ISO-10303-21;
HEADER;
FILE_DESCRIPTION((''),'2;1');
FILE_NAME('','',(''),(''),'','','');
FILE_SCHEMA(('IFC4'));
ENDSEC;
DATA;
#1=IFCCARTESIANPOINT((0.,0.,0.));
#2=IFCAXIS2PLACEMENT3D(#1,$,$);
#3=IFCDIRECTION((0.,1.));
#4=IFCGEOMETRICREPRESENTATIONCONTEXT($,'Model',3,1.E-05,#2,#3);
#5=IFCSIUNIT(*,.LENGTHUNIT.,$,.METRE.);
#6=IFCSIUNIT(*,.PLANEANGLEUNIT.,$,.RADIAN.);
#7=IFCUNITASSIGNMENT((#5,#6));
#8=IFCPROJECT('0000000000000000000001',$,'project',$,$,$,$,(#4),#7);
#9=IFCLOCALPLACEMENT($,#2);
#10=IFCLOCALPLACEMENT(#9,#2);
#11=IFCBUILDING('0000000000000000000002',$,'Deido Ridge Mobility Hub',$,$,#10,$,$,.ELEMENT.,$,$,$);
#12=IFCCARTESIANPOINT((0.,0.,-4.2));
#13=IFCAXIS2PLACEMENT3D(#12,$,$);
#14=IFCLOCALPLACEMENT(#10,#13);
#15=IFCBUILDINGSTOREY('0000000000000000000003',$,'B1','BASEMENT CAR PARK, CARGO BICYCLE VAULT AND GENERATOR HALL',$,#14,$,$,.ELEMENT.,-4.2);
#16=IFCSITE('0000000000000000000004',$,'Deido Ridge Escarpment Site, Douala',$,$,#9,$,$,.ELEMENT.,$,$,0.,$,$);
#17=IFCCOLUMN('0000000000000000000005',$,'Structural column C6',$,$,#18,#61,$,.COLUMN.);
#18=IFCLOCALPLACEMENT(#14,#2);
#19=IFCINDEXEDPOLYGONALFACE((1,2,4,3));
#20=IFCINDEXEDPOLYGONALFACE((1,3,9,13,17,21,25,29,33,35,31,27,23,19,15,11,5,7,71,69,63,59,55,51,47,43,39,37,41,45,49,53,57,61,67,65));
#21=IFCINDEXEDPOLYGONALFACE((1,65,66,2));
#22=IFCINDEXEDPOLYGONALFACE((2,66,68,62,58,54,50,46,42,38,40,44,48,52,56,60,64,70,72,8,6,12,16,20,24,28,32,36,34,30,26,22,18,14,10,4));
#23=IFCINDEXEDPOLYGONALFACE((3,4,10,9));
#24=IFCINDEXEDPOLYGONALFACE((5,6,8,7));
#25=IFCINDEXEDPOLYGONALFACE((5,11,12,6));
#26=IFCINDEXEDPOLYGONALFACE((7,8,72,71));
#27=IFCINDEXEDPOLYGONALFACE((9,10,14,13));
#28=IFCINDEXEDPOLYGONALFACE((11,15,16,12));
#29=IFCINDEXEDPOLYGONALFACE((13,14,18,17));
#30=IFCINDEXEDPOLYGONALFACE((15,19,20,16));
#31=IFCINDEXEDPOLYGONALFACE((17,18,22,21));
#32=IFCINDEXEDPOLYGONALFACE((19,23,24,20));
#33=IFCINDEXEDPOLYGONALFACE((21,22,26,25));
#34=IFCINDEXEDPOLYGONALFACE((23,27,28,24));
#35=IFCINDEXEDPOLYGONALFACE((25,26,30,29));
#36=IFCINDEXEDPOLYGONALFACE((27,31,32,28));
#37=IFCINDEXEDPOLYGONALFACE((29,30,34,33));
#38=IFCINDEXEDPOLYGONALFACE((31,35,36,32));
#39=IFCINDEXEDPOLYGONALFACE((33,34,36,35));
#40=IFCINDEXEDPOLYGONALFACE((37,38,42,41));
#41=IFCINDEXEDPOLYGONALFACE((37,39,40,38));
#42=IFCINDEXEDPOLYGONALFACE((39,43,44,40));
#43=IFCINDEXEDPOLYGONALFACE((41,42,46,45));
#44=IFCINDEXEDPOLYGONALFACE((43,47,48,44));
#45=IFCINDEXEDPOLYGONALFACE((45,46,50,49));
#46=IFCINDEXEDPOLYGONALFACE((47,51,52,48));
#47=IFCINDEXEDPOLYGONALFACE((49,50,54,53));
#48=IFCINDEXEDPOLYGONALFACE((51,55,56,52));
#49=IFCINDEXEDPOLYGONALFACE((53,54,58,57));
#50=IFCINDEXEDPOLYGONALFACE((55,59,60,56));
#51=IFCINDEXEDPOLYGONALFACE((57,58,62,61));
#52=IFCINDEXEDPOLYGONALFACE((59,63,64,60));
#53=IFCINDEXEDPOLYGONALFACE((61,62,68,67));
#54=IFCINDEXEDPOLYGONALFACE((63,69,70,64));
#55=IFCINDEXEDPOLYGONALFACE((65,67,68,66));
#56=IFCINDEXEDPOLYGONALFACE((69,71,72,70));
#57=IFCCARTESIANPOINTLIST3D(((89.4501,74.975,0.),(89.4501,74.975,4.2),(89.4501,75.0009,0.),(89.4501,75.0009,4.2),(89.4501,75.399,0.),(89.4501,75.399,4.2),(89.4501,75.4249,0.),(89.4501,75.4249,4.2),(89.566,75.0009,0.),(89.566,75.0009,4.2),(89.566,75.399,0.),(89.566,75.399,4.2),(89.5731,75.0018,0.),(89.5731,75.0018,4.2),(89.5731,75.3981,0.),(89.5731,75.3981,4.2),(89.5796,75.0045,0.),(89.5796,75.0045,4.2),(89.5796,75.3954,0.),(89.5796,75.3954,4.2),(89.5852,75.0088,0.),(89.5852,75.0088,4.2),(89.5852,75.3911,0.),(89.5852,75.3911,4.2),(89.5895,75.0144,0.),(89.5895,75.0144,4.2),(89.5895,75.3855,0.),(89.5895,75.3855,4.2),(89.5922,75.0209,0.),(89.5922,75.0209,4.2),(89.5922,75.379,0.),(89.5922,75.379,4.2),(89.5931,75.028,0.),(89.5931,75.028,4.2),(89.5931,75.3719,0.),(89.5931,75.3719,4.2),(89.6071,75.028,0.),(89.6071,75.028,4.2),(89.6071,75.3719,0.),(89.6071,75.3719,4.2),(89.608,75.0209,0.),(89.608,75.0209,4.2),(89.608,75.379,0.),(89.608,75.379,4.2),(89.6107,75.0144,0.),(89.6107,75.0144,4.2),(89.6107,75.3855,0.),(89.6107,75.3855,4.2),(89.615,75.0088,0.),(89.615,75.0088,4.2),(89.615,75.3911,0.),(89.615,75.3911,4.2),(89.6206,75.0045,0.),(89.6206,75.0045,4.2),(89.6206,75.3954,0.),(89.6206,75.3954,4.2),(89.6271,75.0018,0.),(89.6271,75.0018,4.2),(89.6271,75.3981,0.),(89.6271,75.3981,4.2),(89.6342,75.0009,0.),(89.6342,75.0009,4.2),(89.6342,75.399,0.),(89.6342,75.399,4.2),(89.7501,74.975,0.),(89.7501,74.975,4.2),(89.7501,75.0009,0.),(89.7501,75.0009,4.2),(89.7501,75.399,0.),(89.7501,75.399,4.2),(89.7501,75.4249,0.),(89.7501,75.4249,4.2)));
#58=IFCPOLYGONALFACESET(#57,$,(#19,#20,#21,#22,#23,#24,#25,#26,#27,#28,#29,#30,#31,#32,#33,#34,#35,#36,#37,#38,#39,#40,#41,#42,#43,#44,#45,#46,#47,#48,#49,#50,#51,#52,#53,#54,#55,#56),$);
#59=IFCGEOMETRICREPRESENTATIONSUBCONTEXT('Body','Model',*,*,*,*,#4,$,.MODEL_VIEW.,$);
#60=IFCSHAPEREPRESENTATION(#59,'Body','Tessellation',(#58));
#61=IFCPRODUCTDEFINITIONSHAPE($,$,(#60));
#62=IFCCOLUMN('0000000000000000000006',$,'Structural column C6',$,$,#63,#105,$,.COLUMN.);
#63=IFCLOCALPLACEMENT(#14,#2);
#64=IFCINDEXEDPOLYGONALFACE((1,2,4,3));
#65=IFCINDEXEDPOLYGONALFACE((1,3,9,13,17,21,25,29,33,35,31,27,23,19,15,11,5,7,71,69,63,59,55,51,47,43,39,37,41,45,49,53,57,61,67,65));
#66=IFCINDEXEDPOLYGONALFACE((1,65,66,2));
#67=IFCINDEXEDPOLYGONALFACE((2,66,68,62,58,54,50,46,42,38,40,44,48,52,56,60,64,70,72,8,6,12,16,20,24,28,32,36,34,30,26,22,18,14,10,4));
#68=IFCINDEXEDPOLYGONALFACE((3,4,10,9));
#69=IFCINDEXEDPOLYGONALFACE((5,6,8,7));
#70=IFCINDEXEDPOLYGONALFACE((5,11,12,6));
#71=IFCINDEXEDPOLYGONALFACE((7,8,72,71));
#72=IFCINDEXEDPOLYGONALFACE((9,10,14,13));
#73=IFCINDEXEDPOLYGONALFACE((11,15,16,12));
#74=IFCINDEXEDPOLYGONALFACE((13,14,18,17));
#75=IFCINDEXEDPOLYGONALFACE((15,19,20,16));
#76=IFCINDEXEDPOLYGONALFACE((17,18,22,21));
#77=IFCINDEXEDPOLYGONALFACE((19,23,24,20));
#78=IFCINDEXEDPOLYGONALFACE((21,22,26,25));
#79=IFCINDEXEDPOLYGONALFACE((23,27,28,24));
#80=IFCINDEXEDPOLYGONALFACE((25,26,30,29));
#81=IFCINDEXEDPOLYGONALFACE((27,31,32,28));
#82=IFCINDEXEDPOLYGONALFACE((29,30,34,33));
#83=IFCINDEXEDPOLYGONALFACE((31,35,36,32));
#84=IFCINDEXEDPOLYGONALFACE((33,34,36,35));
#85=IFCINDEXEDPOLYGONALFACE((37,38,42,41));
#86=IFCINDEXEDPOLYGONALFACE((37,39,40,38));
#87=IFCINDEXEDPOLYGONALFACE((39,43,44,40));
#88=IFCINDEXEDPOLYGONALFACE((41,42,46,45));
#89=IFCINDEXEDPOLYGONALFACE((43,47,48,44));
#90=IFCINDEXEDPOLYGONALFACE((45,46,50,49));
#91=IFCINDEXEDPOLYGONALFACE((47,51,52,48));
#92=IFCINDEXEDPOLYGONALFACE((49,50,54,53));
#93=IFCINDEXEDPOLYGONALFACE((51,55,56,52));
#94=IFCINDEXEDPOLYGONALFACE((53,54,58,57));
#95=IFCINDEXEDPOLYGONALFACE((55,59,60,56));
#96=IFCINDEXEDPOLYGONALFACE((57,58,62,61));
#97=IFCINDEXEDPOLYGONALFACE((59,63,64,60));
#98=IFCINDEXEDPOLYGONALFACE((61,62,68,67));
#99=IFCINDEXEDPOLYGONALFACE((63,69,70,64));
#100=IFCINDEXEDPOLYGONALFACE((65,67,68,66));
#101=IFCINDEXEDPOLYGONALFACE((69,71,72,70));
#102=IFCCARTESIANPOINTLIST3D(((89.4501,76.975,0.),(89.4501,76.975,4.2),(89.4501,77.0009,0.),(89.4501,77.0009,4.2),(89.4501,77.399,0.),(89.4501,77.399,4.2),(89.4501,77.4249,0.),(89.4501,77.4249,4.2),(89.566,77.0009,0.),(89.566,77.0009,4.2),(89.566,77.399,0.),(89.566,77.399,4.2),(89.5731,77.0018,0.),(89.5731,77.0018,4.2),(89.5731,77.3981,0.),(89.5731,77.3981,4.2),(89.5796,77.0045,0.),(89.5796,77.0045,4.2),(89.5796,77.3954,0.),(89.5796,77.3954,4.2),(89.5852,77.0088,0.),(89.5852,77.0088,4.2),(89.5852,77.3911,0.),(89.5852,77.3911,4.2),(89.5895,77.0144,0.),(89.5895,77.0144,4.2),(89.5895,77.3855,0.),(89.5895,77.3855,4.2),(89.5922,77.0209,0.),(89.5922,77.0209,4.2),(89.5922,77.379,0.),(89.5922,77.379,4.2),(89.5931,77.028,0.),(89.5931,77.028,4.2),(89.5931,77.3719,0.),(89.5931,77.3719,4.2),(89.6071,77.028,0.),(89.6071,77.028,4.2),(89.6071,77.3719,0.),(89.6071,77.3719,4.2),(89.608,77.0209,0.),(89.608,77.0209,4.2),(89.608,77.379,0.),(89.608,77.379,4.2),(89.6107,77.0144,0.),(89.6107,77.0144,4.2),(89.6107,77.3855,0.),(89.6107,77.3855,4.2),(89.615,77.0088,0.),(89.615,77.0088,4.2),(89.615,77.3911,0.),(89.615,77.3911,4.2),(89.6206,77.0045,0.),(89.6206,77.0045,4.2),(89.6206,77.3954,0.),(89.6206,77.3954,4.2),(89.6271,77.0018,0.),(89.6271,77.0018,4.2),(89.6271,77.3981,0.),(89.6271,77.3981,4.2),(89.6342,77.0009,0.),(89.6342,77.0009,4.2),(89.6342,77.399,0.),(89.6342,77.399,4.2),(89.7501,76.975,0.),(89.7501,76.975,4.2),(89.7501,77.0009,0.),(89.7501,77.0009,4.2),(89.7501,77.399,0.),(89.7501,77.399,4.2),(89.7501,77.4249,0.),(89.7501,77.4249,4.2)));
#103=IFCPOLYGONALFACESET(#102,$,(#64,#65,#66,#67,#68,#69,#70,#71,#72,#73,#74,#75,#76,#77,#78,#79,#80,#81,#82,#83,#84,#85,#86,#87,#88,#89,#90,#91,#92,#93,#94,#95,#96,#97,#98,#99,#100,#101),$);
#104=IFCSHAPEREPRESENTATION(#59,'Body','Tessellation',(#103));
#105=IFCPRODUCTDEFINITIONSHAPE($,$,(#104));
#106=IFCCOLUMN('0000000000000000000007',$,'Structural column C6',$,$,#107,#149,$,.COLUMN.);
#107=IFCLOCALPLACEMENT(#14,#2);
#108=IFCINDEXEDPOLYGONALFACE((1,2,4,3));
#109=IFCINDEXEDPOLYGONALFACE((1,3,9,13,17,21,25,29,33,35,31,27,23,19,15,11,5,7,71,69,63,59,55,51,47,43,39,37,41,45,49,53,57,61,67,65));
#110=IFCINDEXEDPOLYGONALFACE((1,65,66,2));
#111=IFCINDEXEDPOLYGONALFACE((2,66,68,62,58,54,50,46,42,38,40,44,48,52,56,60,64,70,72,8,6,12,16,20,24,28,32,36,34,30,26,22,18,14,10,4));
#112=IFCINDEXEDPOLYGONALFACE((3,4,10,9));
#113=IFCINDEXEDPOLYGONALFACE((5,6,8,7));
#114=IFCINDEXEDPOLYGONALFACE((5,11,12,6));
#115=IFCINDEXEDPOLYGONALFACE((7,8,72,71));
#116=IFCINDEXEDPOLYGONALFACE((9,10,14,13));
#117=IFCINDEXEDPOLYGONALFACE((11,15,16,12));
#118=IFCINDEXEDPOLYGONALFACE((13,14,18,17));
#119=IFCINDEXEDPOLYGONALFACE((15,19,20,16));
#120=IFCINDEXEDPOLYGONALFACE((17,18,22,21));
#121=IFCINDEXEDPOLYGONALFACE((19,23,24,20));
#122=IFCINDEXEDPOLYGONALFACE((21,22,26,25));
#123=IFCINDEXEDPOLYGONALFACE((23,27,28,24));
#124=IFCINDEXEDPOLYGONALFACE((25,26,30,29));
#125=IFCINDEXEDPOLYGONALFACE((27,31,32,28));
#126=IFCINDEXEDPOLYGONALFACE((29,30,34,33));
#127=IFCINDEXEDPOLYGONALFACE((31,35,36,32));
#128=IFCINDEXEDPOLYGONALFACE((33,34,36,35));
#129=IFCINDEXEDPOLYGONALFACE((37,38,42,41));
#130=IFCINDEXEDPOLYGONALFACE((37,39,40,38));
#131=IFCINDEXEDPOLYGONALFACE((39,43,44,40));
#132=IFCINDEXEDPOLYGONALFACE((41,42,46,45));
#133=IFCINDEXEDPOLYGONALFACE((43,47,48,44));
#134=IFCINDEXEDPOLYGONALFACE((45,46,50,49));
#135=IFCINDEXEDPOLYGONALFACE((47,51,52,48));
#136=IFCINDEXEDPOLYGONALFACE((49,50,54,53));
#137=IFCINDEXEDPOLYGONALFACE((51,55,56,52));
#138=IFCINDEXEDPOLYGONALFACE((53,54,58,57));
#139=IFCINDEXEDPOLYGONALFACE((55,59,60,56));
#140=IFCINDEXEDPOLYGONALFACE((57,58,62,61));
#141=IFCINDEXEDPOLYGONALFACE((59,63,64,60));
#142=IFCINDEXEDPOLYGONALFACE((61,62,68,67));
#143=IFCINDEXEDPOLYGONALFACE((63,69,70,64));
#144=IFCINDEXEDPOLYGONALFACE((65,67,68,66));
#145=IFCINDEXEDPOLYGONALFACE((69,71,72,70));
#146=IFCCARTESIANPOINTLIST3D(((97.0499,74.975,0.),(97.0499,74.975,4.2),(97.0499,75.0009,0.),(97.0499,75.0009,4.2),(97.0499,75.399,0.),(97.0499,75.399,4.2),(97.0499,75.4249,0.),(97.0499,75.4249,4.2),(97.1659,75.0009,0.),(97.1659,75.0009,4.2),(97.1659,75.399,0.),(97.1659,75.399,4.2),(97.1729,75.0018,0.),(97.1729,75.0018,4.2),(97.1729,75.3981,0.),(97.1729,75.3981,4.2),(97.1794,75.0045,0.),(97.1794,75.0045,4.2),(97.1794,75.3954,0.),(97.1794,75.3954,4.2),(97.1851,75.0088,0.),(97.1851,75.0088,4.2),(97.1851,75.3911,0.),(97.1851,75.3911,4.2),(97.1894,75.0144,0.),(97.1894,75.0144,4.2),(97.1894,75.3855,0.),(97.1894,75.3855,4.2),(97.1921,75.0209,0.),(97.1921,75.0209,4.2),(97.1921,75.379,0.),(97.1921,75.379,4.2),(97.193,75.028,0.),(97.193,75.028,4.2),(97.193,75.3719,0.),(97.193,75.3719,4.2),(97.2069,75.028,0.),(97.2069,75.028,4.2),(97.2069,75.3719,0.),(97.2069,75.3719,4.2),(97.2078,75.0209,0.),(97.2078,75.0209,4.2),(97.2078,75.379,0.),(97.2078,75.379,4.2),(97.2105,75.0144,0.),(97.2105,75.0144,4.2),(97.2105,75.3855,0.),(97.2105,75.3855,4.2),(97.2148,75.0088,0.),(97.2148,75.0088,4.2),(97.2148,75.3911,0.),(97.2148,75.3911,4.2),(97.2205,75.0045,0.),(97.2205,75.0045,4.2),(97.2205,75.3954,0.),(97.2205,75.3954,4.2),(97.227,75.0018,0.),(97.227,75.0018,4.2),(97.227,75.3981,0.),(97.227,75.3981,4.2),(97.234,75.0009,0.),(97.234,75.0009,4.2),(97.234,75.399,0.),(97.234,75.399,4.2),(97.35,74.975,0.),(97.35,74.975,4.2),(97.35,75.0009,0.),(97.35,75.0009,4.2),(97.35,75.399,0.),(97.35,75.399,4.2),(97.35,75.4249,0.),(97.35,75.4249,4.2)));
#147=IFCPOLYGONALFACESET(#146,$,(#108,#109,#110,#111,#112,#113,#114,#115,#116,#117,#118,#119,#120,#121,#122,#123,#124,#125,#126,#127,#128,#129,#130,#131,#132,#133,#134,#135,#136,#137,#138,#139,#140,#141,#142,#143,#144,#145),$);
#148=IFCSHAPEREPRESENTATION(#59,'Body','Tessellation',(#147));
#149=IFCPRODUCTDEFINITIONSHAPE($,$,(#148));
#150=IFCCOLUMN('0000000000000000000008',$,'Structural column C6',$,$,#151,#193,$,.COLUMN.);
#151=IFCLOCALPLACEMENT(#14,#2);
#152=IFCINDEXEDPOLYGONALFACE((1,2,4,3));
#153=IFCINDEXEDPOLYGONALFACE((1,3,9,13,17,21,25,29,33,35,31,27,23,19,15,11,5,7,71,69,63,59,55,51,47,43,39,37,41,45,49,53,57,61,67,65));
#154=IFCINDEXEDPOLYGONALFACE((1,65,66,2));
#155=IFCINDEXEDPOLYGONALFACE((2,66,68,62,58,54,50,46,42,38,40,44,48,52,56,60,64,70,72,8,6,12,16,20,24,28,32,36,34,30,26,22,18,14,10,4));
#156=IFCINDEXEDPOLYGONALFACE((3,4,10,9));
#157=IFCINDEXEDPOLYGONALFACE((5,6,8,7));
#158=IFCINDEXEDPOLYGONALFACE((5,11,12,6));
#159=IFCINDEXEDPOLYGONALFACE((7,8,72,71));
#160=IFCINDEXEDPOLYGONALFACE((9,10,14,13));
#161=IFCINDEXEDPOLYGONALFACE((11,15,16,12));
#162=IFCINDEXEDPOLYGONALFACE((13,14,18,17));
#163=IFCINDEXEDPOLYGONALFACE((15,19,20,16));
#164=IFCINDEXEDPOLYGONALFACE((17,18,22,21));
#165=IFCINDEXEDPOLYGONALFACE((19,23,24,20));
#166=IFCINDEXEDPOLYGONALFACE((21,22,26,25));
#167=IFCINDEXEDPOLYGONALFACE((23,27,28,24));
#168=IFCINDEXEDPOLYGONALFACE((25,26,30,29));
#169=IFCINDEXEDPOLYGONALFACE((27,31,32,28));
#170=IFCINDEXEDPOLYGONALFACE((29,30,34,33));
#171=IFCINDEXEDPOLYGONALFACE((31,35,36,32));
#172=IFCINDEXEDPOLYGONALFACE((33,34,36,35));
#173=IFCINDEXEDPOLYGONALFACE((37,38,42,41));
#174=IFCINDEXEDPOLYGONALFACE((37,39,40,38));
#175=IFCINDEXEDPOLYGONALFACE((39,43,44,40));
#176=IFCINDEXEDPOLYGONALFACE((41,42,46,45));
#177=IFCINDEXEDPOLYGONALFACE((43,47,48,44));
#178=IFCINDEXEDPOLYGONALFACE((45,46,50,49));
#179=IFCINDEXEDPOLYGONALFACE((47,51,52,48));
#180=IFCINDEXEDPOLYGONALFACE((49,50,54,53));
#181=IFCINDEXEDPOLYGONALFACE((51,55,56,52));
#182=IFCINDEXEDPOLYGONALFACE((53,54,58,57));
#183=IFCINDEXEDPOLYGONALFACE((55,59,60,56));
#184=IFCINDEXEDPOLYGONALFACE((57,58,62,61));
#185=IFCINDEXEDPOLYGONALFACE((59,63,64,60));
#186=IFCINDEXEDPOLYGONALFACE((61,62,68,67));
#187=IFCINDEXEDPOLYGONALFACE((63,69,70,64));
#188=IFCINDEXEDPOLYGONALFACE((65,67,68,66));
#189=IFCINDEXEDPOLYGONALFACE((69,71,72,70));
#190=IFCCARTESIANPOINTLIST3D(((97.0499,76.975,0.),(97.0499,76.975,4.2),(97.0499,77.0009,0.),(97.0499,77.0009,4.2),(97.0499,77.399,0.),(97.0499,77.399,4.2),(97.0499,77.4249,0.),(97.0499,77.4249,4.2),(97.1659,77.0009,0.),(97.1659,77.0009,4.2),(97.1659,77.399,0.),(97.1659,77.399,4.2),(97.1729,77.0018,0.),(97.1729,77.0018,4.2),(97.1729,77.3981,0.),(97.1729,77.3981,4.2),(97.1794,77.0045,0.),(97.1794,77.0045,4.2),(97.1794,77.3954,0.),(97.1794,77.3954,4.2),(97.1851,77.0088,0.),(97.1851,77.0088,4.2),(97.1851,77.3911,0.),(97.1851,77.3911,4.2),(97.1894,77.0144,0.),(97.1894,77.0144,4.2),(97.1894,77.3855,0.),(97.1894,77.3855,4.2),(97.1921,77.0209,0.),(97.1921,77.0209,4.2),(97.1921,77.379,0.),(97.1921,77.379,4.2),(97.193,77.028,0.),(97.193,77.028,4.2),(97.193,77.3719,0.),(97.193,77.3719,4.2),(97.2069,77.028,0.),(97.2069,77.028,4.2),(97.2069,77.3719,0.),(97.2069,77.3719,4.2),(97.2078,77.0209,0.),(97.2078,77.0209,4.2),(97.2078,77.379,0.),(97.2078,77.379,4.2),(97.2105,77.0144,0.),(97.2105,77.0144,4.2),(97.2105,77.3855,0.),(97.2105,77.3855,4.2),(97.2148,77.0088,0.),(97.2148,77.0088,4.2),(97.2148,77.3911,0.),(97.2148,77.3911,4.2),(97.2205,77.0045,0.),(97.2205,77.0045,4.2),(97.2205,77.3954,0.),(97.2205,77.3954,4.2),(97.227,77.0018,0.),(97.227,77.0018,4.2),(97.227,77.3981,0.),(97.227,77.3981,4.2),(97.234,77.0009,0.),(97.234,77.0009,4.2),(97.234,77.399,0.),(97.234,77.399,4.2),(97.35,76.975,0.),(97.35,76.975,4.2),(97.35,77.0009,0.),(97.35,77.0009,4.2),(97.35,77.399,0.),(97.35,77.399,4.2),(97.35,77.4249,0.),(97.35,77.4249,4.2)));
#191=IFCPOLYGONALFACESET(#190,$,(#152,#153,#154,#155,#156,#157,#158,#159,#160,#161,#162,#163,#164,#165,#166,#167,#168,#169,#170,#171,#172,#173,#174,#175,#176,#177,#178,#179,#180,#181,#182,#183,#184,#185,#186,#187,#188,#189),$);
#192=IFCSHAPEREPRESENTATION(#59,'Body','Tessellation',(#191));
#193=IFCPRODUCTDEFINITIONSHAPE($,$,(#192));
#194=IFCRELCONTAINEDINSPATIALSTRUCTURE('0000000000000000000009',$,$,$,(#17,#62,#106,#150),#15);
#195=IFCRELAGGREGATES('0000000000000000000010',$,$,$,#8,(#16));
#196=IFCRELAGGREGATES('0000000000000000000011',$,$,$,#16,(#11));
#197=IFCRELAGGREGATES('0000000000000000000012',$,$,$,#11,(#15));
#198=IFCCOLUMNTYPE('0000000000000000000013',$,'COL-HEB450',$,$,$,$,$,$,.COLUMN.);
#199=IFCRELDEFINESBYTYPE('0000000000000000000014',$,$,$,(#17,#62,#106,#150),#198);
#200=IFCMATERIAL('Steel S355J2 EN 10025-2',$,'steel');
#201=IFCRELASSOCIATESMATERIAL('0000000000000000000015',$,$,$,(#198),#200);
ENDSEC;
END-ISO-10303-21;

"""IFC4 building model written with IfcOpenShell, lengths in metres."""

from ifc_helpers import new_model, si_unit, direction, frame, origin, origin_2d, place, context, subcontext, project, spatial, i_section, extrude, material, material_profile, profile_set, type_object, element, save


model = new_model("IFC4")

# Units and contexts
model_context = context("Model", 3, precision=1e-05, world=origin(), true_north=direction((0.0, 1.0)))
body_context = subcontext(model_context, "Body", "Model", "MODEL_VIEW")
ifc_project = project(units=[si_unit("LENGTHUNIT", "METRE"), si_unit("PLANEANGLEUNIT", "RADIAN")], contexts=[model_context])

# Site, building, storey
site_placement = place(None, origin())
site = spatial("IfcSite", under=ifc_project, at=site_placement, Name="Deido Ridge Escarpment Site, Douala", CompositionType="ELEMENT", RefElevation=0.0)
building_placement = place(site_placement, origin())
building = spatial("IfcBuilding", under=site, at=building_placement, Name="Deido Ridge Mobility Hub", CompositionType="ELEMENT")
storey_placement = place(building_placement, frame((0.0, 0.0, -4.2)))
storey = spatial("IfcBuildingStorey", under=building, at=storey_placement, Name="B1", Description="BASEMENT CAR PARK, CARGO BICYCLE VAULT AND GENERATOR HALL", CompositionType="ELEMENT", Elevation=-4.2)

# Columns
ifc_material_1 = material(Name="Steel S355J2 EN 10025-2", Category="steel")
ifc_material_profile_1 = material_profile(ifc_material_1, i_section(OverallWidth=0.3, OverallDepth=0.45, WebThickness=0.0139, FlangeThickness=0.0259, FilletRadius=0.0271, at=origin_2d()), Name="HEB 450")
ifc_profile_set_1 = profile_set([ifc_material_profile_1], Name="Steel S355J2 EN 10025-2")
column_type_1 = type_object("IfcColumnType", Name="COL-HEB450", PredefinedType="COLUMN", material=ifc_profile_set_1)
for number, where, z_axis, x_axis, name in (
    (1, (89.6001, 75.2, 0.0), (0.0, 0.0, 1.0), (1.0, 0.0, 0.0), "Structural column C6"),
    (2, (89.6001, 77.2, 0.0), (0.0, 0.0, 1.0), (1.0, 0.0, 0.0), "Structural column C6"),
    (3, (97.2, 75.2, 0.0), (0.0, 0.0, 1.0), (1.0, 0.0, 0.0), "Structural column C6"),
    (4, (97.2, 77.2, 0.0), (0.0, 0.0, 1.0), (1.0, 0.0, 0.0), "Structural column C6"),
):
    element("IfcColumn", number, at=place(storey_placement, frame(where, z_axis=z_axis, x_axis=x_axis)), inside=storey, type_object=column_type_1, Name=name, PredefinedType="COLUMN", context=body_context, shape_type="SweptSolid", body=[
        extrude(i_section(OverallWidth=0.3, OverallDepth=0.45, WebThickness=0.0139, FlangeThickness=0.0259, FilletRadius=0.0271, at=origin_2d()), origin(), (0.0, 0.0, 1.0), 4.2),
    ])

save(model, "model.ifc")
